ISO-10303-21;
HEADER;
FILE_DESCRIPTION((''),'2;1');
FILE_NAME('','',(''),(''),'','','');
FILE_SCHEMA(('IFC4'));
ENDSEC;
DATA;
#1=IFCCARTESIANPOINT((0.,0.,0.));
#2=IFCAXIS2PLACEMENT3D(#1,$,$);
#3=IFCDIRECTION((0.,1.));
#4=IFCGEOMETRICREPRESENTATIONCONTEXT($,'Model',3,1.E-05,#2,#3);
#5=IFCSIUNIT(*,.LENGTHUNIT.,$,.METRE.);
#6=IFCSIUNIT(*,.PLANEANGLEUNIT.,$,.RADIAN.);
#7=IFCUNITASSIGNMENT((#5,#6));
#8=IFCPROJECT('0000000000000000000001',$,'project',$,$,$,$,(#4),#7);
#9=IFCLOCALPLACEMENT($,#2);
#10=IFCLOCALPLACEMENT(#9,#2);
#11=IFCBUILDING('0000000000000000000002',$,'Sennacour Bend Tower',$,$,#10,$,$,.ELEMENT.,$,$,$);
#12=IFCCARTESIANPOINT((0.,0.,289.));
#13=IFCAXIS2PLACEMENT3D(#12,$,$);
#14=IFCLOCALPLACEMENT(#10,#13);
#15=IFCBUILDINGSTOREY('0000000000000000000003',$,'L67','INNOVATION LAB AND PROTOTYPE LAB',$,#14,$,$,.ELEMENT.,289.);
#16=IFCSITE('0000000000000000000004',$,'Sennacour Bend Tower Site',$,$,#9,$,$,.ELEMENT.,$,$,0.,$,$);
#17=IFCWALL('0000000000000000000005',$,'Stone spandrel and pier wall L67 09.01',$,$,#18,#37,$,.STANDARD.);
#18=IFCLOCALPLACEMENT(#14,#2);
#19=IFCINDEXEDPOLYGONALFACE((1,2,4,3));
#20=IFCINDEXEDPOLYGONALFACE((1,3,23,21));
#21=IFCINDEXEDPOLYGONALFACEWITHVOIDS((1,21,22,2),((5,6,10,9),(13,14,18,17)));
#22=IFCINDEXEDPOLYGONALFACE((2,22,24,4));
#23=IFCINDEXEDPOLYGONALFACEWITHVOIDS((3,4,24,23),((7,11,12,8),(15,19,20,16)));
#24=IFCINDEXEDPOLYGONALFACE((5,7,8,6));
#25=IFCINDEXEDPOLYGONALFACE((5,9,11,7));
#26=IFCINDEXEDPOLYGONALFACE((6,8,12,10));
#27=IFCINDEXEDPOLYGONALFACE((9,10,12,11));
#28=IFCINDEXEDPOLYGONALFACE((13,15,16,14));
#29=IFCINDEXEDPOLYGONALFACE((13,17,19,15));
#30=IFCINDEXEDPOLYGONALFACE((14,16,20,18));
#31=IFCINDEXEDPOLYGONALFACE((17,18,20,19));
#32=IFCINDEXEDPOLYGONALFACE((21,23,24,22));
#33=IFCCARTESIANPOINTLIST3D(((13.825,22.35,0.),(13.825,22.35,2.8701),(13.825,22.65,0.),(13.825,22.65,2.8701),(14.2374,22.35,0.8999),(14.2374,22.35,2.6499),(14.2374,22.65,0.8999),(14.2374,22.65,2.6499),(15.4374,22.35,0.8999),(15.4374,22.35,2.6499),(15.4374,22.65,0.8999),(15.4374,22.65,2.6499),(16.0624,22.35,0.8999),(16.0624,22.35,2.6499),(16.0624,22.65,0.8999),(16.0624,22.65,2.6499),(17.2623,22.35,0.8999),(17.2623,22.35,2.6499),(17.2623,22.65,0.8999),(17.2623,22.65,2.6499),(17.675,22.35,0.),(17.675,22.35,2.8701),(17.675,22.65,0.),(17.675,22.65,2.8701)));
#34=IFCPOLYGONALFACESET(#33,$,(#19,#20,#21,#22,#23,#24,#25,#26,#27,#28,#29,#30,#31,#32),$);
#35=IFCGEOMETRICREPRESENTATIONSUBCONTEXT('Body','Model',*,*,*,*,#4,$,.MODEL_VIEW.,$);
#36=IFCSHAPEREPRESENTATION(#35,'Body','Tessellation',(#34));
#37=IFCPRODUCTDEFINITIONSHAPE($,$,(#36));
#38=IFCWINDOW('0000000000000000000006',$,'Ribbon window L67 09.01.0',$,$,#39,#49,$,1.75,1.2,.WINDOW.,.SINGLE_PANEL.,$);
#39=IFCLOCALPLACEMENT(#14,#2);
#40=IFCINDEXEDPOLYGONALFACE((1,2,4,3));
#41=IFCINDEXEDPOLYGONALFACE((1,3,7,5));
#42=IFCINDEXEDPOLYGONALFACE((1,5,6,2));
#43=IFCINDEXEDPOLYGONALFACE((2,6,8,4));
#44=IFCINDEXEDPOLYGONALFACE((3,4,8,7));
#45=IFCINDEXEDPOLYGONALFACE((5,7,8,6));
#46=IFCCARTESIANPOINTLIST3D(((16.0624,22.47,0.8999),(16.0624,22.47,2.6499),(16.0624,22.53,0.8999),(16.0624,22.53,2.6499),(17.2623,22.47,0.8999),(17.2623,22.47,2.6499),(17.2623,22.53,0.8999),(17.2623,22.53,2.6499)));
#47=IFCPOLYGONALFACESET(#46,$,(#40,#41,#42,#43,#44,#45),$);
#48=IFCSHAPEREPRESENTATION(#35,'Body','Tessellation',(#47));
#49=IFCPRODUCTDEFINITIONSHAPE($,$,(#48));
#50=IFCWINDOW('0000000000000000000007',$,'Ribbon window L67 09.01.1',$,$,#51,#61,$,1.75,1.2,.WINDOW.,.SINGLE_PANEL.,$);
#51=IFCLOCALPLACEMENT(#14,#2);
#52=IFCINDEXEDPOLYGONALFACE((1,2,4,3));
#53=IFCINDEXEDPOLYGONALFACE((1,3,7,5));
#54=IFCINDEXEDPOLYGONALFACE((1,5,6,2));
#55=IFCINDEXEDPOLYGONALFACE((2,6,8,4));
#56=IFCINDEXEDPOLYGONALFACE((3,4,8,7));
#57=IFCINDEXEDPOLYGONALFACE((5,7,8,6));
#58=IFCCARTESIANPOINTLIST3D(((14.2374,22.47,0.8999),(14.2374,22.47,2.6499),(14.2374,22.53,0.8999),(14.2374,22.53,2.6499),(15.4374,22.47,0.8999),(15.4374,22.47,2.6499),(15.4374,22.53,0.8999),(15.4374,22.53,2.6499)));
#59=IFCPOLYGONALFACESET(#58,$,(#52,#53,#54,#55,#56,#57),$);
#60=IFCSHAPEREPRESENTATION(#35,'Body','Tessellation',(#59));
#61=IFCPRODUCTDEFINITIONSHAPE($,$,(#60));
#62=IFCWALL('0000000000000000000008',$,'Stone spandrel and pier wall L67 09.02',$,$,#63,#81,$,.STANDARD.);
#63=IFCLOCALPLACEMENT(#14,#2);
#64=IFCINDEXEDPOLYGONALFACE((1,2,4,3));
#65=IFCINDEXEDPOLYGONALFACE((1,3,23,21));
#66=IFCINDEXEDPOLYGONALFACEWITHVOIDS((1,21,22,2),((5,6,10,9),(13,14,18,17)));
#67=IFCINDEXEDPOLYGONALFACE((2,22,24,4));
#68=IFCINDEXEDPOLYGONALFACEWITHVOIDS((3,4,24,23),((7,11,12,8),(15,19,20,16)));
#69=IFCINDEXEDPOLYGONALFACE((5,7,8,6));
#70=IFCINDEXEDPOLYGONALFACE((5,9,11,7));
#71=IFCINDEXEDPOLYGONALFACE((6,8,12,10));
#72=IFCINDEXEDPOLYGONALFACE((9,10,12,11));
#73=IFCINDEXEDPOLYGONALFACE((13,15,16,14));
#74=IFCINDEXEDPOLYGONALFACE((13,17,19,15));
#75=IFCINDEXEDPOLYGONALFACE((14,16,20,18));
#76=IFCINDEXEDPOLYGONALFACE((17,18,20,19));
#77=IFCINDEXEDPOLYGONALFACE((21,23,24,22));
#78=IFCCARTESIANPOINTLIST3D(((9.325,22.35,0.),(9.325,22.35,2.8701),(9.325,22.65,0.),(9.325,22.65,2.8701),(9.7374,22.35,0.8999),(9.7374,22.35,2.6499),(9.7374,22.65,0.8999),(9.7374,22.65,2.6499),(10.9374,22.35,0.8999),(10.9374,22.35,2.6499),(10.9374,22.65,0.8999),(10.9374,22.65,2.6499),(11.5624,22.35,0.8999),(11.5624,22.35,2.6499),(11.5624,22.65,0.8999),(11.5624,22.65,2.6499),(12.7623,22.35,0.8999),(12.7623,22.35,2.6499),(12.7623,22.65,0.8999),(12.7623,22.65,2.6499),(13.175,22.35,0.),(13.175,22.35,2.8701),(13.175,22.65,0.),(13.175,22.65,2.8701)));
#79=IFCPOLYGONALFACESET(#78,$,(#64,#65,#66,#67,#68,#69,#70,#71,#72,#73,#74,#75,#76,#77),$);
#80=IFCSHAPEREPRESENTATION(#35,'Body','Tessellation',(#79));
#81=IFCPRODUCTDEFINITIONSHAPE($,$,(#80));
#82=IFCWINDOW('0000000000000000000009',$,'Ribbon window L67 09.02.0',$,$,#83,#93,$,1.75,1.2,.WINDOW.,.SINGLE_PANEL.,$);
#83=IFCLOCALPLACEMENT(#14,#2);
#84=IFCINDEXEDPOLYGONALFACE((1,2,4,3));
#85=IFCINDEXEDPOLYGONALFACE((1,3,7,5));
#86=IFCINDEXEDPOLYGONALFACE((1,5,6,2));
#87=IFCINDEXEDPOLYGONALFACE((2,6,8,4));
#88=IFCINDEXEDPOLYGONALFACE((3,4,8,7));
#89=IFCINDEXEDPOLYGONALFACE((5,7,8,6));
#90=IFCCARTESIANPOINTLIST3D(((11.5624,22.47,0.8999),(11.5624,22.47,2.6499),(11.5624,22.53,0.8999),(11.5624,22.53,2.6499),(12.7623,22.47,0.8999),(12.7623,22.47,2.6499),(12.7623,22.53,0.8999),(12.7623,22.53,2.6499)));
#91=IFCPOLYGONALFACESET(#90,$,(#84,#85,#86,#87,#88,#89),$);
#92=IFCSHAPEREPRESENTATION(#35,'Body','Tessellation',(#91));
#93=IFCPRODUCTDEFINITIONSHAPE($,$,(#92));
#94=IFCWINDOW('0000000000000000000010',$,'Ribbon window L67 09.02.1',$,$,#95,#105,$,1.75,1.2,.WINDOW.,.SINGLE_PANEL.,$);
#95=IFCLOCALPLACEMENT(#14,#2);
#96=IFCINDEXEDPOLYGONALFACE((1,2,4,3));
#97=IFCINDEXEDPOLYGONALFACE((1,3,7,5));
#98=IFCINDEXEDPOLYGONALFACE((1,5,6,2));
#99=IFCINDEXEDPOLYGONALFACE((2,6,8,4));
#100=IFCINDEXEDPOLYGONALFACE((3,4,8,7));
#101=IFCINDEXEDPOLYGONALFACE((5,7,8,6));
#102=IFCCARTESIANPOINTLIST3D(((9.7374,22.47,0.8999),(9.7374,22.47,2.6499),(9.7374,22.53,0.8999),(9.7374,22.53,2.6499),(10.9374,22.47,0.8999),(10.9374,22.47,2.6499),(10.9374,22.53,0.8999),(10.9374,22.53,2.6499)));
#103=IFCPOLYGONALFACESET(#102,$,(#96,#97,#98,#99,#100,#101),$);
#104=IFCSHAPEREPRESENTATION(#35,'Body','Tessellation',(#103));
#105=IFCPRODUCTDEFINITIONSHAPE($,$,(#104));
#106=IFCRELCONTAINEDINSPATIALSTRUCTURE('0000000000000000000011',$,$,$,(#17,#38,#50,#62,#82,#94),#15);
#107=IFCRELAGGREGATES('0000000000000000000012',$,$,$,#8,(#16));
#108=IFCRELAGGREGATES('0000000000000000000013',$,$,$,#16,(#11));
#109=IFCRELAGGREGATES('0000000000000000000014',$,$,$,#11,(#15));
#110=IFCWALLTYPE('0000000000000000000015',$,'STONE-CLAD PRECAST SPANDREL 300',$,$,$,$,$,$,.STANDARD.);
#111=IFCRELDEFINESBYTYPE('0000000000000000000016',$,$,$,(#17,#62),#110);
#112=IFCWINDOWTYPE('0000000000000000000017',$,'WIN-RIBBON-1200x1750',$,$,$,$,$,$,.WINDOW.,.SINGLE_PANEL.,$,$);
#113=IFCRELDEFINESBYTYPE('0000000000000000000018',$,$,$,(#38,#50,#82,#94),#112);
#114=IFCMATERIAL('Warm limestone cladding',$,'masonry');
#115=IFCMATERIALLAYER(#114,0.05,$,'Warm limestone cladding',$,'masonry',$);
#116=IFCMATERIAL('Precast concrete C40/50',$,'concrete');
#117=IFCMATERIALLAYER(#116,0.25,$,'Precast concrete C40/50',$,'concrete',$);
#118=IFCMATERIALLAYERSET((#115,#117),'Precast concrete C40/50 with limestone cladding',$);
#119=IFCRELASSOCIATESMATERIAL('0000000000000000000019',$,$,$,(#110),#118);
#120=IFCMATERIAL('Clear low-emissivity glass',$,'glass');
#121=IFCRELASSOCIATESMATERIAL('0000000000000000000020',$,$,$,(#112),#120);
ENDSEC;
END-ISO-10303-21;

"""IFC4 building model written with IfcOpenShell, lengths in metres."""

from ifc_helpers import new_model, si_unit, direction, frame, frame_2d, origin, place, context, subcontext, project, spatial, rectangle, extrude, material, layer, layer_set, type_object, element, fill, save


model = new_model("IFC4")

# Units and contexts
model_context = context("Model", 3, precision=1e-05, world=origin(), true_north=direction((0.0, 1.0)))
body_context = subcontext(model_context, "Body", "Model", "MODEL_VIEW")
ifc_project = project(units=[si_unit("LENGTHUNIT", "METRE"), si_unit("PLANEANGLEUNIT", "RADIAN")], contexts=[model_context])

# Site, building, storey
site_placement = place(None, origin())
site = spatial("IfcSite", under=ifc_project, at=site_placement, Name="Sennacour Bend Tower Site", CompositionType="ELEMENT", RefElevation=0.0)
building_placement = place(site_placement, origin())
building = spatial("IfcBuilding", under=site, at=building_placement, Name="Sennacour Bend Tower", CompositionType="ELEMENT")
storey_placement = place(building_placement, frame((0.0, 0.0, 289.0)))
storey = spatial("IfcBuildingStorey", under=building, at=storey_placement, Name="L67", Description="INNOVATION LAB AND PROTOTYPE LAB", CompositionType="ELEMENT", Elevation=289.0)

# Shared definitions
ifc_material_1 = material(Name="Warm limestone cladding", Category="masonry")
ifc_layer_1 = layer(ifc_material_1, 0.05, Name="Warm limestone cladding", Category="masonry")
ifc_material_2 = material(Name="Precast concrete C40/50", Category="concrete")
ifc_layer_2 = layer(ifc_material_2, 0.25, Name="Precast concrete C40/50", Category="concrete")
ifc_layer_set = layer_set([ifc_layer_1, ifc_layer_2], Name="Precast concrete C40/50 with limestone cladding")
wall_type = type_object("IfcWallType", Name="STONE-CLAD PRECAST SPANDREL 300", PredefinedType="STANDARD", material=ifc_layer_set)
ifc_material_3 = material(Name="Clear low-emissivity glass", Category="glass")
window_type = type_object("IfcWindowType", Name="WIN-RIBBON-1200x1750", PartitioningType="SINGLE_PANEL", PredefinedType="WINDOW", material=ifc_material_3)

# Walls, openings, windows
wall_1_placement = place(storey_placement, frame((17.675, 22.5, 0.0), z_axis=(0.0, 0.0, 1.0), x_axis=(-1.0, 0.0, 0.0)))
wall_1 = element("IfcWall", 1, at=wall_1_placement, inside=storey, type_object=wall_type, Name="Stone spandrel and pier wall L67 09.01", PredefinedType="STANDARD", context=body_context, shape_type="SweptSolid", body=[
    extrude(rectangle(XDim=3.8501, YDim=0.3, at=frame_2d((1.925, 0.0))), origin(), (0.0, 0.0, 1.0), 2.8701),
])
opening_1_placement = place(wall_1_placement, frame((0.4126, 0.0, 0.8999)))
opening_1 = element("IfcOpeningElement", 2, at=opening_1_placement, cuts=wall_1, PredefinedType="OPENING", context=body_context, shape_type="SweptSolid", body=[
    extrude(rectangle(XDim=1.2, YDim=1.75, at=frame_2d((0.6001, 0.875))), frame((0.0, 0.1602, 0.0), z_axis=(0.0, -1.0, 0.0), x_axis=(1.0, 0.0, 0.0)), (0.0, 0.0, 1.0), 0.3201),
])
opening_2_placement = place(wall_1_placement, frame((2.2375, 0.0, 0.8999)))
opening_2 = element("IfcOpeningElement", 3, at=opening_2_placement, cuts=wall_1, PredefinedType="OPENING", context=body_context, shape_type="SweptSolid", body=[
    extrude(rectangle(XDim=1.2, YDim=1.75, at=frame_2d((0.6001, 0.875))), frame((0.0, 0.1602, 0.0), z_axis=(0.0, -1.0, 0.0), x_axis=(1.0, 0.0, 0.0)), (0.0, 0.0, 1.0), 0.3201),
])
window_1_placement = place(opening_1_placement, origin())
window_1 = element("IfcWindow", 4, at=window_1_placement, inside=storey, type_object=window_type, Name="Ribbon window L67 09.01.0", OverallHeight=1.75, OverallWidth=1.2, PartitioningType="SINGLE_PANEL", PredefinedType="WINDOW", context=body_context, shape_type="SweptSolid", body=[
    extrude(rectangle(XDim=1.2, YDim=1.75, at=frame_2d((0.6001, 0.875))), frame((0.0, 0.03, 0.0), z_axis=(0.0, -1.0, 0.0), x_axis=(1.0, 0.0, 0.0)), (0.0, 0.0, 1.0), 0.0601),
])
fill(opening_1, window_1)
window_2_placement = place(opening_2_placement, origin())
window_2 = element("IfcWindow", 5, at=window_2_placement, inside=storey, type_object=window_type, Name="Ribbon window L67 09.01.1", OverallHeight=1.75, OverallWidth=1.2, PartitioningType="SINGLE_PANEL", PredefinedType="WINDOW", context=body_context, shape_type="SweptSolid", body=[
    extrude(rectangle(XDim=1.2, YDim=1.75, at=frame_2d((0.6001, 0.875))), frame((0.0, 0.03, 0.0), z_axis=(0.0, -1.0, 0.0), x_axis=(1.0, 0.0, 0.0)), (0.0, 0.0, 1.0), 0.0601),
])
fill(opening_2, window_2)
wall_2_placement = place(storey_placement, frame((13.175, 22.5, 0.0), z_axis=(0.0, 0.0, 1.0), x_axis=(-1.0, 0.0, 0.0)))
wall_2 = element("IfcWall", 6, at=wall_2_placement, inside=storey, type_object=wall_type, Name="Stone spandrel and pier wall L67 09.02", PredefinedType="STANDARD", context=body_context, shape_type="SweptSolid", body=[
    extrude(rectangle(XDim=3.8501, YDim=0.3, at=frame_2d((1.925, 0.0))), origin(), (0.0, 0.0, 1.0), 2.8701),
])
opening_3_placement = place(wall_2_placement, frame((0.4126, 0.0, 0.8999)))
opening_3 = element("IfcOpeningElement", 7, at=opening_3_placement, cuts=wall_2, PredefinedType="OPENING", context=body_context, shape_type="SweptSolid", body=[
    extrude(rectangle(XDim=1.2, YDim=1.75, at=frame_2d((0.6001, 0.875))), frame((0.0, 0.1602, 0.0), z_axis=(0.0, -1.0, 0.0), x_axis=(1.0, 0.0, 0.0)), (0.0, 0.0, 1.0), 0.3201),
])
opening_4_placement = place(wall_2_placement, frame((2.2375, 0.0, 0.8999)))
opening_4 = element("IfcOpeningElement", 8, at=opening_4_placement, cuts=wall_2, PredefinedType="OPENING", context=body_context, shape_type="SweptSolid", body=[
    extrude(rectangle(XDim=1.2, YDim=1.75, at=frame_2d((0.6001, 0.875))), frame((0.0, 0.1602, 0.0), z_axis=(0.0, -1.0, 0.0), x_axis=(1.0, 0.0, 0.0)), (0.0, 0.0, 1.0), 0.3201),
])
window_3_placement = place(opening_3_placement, origin())
window_3 = element("IfcWindow", 9, at=window_3_placement, inside=storey, type_object=window_type, Name="Ribbon window L67 09.02.0", OverallHeight=1.75, OverallWidth=1.2, PartitioningType="SINGLE_PANEL", PredefinedType="WINDOW", context=body_context, shape_type="SweptSolid", body=[
    extrude(rectangle(XDim=1.2, YDim=1.75, at=frame_2d((0.6001, 0.875))), frame((0.0, 0.03, 0.0), z_axis=(0.0, -1.0, 0.0), x_axis=(1.0, 0.0, 0.0)), (0.0, 0.0, 1.0), 0.0601),
])
fill(opening_3, window_3)
window_4_placement = place(opening_4_placement, origin())
window_4 = element("IfcWindow", 10, at=window_4_placement, inside=storey, type_object=window_type, Name="Ribbon window L67 09.02.1", OverallHeight=1.75, OverallWidth=1.2, PartitioningType="SINGLE_PANEL", PredefinedType="WINDOW", context=body_context, shape_type="SweptSolid", body=[
    extrude(rectangle(XDim=1.2, YDim=1.75, at=frame_2d((0.6001, 0.875))), frame((0.0, 0.03, 0.0), z_axis=(0.0, -1.0, 0.0), x_axis=(1.0, 0.0, 0.0)), (0.0, 0.0, 1.0), 0.0601),
])
fill(opening_4, window_4)

save(model, "model.ifc")
